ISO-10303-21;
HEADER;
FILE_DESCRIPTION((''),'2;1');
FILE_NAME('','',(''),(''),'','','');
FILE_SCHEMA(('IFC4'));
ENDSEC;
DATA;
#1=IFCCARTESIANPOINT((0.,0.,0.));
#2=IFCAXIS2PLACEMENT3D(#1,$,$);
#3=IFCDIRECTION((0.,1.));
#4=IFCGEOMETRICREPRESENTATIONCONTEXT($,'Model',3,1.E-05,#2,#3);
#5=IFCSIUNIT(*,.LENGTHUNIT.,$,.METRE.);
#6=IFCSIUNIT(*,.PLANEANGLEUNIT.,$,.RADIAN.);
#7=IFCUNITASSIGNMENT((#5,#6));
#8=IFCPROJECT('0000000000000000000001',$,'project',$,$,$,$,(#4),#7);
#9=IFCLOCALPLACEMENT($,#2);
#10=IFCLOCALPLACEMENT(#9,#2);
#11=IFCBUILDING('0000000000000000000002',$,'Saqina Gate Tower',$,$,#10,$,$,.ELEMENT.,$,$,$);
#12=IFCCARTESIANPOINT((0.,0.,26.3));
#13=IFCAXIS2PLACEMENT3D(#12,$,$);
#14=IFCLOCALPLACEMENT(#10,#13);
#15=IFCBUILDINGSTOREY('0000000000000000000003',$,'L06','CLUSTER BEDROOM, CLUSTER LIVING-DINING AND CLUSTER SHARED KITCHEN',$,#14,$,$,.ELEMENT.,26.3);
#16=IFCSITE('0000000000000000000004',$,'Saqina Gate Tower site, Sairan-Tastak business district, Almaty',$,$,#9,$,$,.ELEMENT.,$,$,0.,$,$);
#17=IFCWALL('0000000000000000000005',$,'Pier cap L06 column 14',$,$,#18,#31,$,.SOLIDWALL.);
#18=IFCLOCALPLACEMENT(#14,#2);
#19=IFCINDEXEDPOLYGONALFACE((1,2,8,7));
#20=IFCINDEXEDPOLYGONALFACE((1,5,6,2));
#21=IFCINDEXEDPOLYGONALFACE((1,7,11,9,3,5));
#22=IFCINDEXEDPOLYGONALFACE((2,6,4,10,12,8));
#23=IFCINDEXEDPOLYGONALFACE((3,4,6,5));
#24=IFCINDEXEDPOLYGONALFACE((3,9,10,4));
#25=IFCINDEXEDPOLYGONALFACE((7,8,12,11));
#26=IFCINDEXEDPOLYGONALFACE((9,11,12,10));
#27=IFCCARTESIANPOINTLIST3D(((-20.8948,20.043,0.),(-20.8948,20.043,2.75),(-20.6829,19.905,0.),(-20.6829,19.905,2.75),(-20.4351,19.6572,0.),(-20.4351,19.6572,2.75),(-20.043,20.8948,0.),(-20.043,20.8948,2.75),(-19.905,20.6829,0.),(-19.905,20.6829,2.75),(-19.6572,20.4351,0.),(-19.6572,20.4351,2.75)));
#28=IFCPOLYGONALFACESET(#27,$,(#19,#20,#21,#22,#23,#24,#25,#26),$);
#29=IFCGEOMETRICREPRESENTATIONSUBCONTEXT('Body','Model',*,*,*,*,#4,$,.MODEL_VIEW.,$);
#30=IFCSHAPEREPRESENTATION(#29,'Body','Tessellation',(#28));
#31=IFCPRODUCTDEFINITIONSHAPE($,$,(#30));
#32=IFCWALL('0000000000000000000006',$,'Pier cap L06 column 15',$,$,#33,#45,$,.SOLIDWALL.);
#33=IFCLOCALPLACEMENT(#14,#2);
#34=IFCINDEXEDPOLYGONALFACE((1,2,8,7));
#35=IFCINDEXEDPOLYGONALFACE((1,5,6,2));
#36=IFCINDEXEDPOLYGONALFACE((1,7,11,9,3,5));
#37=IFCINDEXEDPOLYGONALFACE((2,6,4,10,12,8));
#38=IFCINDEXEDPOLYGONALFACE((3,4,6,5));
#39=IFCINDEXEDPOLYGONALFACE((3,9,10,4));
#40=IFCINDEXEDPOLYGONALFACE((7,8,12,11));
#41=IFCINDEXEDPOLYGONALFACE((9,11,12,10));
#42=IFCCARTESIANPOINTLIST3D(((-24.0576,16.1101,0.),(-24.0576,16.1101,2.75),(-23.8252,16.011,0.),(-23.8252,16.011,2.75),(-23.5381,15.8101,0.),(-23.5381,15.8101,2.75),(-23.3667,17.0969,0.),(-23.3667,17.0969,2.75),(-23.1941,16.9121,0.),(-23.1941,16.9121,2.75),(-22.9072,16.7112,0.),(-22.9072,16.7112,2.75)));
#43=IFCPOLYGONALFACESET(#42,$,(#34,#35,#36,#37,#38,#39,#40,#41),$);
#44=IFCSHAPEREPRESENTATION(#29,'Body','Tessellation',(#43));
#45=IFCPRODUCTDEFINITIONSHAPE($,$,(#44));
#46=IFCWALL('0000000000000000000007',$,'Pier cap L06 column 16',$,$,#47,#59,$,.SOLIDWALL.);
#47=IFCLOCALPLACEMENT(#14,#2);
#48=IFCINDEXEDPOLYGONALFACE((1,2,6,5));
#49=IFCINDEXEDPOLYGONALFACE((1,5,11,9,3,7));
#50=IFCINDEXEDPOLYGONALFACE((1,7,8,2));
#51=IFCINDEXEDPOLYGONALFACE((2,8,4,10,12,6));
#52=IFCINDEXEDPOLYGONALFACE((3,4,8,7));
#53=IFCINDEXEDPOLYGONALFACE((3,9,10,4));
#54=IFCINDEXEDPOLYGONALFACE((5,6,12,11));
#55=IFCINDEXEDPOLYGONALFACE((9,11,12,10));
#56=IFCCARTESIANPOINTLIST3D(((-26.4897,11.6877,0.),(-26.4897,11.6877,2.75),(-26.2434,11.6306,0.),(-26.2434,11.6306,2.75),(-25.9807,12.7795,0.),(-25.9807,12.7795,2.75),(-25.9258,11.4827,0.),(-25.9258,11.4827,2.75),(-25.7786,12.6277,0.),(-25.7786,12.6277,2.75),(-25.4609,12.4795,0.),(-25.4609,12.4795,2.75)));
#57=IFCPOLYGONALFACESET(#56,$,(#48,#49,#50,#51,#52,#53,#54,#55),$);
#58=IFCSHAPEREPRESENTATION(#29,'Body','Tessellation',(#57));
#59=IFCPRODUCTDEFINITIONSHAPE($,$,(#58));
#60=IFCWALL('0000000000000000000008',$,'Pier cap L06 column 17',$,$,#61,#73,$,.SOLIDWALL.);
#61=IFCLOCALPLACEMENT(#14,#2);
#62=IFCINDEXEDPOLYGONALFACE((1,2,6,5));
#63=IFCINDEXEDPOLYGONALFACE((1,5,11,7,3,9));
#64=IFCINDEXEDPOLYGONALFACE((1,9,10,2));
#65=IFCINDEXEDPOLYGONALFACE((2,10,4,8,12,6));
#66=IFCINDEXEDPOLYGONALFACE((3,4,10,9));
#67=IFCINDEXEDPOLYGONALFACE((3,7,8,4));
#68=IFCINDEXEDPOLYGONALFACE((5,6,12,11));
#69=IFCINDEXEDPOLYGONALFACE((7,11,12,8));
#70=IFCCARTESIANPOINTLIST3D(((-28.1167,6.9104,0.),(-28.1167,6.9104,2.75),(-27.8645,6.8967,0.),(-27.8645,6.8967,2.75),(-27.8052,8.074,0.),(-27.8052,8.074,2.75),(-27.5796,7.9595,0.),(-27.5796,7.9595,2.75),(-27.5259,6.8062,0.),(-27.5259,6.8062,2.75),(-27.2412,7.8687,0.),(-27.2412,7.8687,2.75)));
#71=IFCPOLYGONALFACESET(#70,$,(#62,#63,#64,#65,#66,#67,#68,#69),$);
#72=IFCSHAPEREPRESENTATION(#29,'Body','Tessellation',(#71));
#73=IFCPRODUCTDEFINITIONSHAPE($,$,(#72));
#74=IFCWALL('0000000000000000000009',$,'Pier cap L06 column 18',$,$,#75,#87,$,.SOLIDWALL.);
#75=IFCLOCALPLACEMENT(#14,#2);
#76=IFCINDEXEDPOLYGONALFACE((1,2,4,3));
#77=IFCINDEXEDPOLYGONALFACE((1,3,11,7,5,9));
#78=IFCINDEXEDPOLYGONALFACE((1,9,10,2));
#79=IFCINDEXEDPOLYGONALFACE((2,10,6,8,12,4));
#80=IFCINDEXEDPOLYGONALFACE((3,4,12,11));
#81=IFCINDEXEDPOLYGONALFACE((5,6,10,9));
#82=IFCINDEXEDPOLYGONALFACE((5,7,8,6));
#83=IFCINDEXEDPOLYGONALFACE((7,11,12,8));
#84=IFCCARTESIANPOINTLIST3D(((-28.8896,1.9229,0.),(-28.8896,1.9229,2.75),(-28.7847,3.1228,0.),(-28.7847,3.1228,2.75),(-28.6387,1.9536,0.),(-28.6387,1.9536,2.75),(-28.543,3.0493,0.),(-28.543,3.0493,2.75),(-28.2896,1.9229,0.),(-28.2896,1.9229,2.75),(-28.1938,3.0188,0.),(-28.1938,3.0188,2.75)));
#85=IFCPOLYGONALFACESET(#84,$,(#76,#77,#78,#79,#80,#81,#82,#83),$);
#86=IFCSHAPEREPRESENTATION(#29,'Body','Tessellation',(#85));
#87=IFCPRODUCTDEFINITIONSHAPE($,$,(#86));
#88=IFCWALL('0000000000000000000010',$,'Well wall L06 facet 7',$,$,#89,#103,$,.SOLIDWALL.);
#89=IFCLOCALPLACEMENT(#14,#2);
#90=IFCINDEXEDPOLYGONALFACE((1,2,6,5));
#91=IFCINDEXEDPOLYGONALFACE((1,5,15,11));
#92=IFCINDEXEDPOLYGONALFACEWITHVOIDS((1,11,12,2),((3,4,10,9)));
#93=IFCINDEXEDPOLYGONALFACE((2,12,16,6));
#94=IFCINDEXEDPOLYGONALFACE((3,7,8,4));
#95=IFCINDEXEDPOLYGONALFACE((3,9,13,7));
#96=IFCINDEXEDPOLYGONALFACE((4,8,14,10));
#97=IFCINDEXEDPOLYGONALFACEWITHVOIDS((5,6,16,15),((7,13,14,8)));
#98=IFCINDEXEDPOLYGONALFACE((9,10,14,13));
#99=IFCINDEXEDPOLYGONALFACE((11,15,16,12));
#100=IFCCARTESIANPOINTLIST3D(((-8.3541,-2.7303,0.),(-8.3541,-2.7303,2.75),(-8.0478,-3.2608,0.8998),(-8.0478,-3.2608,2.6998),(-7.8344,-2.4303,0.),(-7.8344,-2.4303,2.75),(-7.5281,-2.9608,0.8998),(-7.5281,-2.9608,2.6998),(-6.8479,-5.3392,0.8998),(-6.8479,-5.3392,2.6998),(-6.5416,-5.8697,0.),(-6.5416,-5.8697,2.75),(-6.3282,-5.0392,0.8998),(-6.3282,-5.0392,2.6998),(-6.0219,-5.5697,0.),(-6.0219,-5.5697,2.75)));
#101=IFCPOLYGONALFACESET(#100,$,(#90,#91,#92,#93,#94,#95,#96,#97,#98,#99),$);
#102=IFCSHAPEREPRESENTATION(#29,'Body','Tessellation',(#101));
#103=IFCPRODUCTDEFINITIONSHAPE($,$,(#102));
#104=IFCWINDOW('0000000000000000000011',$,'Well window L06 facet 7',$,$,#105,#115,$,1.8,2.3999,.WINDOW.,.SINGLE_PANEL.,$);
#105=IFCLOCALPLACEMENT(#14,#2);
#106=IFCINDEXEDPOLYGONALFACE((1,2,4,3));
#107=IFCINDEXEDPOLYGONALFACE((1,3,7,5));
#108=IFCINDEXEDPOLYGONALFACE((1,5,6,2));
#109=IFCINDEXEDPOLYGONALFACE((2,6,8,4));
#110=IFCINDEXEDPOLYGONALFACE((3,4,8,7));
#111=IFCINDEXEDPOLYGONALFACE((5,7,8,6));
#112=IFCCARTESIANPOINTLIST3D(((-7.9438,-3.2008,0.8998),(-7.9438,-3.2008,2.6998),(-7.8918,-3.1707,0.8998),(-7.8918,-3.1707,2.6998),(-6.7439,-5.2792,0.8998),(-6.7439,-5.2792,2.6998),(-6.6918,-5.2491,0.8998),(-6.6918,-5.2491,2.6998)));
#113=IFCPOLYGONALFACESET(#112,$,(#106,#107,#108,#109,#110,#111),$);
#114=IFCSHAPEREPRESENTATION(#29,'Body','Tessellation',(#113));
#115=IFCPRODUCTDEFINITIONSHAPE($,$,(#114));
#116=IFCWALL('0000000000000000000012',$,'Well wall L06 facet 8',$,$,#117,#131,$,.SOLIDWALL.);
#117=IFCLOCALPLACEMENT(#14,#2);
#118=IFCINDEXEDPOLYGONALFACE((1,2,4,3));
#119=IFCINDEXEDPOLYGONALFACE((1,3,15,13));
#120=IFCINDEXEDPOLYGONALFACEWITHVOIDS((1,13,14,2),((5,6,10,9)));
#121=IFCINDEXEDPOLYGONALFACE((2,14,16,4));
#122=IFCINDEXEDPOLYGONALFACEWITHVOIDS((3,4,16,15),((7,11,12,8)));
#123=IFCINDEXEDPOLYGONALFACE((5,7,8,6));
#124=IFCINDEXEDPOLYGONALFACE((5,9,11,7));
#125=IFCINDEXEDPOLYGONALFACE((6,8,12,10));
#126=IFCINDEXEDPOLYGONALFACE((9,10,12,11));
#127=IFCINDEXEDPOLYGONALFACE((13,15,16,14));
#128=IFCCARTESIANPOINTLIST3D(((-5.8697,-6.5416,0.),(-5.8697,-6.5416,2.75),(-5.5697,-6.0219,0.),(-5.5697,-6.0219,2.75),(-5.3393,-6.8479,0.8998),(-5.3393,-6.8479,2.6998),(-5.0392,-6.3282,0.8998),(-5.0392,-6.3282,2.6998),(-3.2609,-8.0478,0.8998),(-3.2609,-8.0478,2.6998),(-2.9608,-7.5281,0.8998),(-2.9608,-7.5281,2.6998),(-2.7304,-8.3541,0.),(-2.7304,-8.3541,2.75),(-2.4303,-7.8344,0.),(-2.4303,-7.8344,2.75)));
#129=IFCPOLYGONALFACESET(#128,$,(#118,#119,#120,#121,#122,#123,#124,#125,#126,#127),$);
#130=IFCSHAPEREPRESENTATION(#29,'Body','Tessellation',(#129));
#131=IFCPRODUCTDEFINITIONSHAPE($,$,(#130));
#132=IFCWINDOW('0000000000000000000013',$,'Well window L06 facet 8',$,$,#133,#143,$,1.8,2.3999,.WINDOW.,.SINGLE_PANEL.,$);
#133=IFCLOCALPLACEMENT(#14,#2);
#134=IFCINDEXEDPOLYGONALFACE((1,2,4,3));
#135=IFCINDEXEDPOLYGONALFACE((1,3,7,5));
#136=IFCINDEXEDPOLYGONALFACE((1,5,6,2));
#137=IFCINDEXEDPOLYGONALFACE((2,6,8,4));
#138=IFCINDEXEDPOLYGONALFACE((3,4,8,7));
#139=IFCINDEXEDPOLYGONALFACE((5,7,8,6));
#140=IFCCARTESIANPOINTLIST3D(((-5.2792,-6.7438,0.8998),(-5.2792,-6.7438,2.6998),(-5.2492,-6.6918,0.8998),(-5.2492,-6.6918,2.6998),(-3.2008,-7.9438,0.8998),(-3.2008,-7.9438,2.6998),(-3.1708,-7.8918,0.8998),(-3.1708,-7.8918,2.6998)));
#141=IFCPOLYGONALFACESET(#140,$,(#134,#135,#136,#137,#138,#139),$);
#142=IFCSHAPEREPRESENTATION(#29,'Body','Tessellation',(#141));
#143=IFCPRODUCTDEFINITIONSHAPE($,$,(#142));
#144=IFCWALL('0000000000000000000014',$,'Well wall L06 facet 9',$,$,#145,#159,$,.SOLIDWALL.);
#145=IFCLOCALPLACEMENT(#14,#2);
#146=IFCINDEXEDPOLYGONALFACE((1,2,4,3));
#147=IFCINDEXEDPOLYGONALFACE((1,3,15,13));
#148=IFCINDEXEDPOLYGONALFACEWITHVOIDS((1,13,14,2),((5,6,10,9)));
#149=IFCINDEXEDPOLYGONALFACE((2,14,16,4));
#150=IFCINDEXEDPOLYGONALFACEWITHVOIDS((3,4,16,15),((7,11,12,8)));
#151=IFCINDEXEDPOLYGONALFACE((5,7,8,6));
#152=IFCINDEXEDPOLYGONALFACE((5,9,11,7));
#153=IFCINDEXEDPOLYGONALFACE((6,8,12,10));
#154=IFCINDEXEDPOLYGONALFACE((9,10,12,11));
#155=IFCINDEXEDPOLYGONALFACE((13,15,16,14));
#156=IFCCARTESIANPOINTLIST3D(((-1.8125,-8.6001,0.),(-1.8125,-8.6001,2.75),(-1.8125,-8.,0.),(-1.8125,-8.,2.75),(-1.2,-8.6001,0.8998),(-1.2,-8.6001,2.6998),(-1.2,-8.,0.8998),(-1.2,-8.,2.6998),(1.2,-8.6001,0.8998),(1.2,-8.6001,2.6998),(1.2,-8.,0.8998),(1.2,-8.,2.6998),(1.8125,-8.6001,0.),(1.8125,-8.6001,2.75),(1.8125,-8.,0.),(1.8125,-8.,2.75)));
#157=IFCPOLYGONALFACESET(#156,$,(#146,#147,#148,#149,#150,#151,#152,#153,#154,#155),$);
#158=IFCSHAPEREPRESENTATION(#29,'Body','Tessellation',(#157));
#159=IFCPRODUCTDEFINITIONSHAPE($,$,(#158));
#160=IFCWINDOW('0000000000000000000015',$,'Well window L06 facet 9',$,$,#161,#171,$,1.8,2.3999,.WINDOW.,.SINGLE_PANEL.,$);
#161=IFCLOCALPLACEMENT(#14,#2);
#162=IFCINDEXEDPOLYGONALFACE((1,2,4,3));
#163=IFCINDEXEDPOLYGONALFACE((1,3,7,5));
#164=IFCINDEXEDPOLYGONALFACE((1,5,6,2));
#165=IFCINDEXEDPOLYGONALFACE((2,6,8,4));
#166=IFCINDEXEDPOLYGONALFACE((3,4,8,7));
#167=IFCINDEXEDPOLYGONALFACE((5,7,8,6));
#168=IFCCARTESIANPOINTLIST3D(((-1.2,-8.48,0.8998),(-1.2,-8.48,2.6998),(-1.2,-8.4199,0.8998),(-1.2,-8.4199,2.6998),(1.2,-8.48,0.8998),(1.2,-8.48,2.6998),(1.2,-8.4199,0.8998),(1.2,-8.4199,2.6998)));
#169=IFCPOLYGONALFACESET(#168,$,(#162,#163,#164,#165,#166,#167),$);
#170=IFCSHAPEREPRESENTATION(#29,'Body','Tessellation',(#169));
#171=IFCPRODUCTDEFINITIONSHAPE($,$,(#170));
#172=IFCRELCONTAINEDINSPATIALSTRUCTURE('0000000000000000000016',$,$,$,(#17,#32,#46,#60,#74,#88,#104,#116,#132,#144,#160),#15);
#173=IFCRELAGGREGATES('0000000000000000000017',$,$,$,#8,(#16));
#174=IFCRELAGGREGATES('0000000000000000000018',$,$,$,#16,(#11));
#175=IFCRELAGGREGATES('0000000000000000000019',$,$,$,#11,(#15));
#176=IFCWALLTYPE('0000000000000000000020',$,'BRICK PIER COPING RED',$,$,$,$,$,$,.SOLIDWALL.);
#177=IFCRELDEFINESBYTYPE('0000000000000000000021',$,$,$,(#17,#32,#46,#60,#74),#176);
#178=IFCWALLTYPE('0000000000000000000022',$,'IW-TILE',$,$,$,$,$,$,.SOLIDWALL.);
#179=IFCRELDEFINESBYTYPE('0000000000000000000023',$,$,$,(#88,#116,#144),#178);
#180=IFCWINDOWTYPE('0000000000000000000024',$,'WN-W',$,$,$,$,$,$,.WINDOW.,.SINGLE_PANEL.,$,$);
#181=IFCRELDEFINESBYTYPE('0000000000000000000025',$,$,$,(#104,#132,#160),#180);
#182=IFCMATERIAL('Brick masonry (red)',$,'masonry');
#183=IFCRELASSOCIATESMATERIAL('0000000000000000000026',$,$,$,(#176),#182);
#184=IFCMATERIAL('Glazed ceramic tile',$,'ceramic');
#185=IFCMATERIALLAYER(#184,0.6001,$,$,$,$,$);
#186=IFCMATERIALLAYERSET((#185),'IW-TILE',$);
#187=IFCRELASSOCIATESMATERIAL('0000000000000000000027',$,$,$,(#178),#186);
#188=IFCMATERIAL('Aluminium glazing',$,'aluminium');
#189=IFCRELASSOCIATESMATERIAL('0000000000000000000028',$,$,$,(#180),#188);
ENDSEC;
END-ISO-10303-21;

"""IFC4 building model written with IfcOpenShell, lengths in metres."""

from ifc_helpers import new_model, si_unit, direction, frame, frame_2d, origin, place, context, subcontext, project, spatial, polyline, rectangle, outline, extrude, material, layer, layer_set, type_object, element, fill, save


model = new_model("IFC4")

# Units and contexts
model_context = context("Model", 3, precision=1e-05, world=origin(), true_north=direction((0.0, 1.0)))
body_context = subcontext(model_context, "Body", "Model", "MODEL_VIEW")
ifc_project = project(units=[si_unit("LENGTHUNIT", "METRE"), si_unit("PLANEANGLEUNIT", "RADIAN")], contexts=[model_context])

# Site, building, storey
site_placement = place(None, origin())
site = spatial("IfcSite", under=ifc_project, at=site_placement, Name="Saqina Gate Tower site, Sairan-Tastak business district, Almaty", CompositionType="ELEMENT", RefElevation=0.0)
building_placement = place(site_placement, origin())
building = spatial("IfcBuilding", under=site, at=building_placement, Name="Saqina Gate Tower", CompositionType="ELEMENT")
storey_placement = place(building_placement, frame((0.0, 0.0, 26.3)))
storey = spatial("IfcBuildingStorey", under=building, at=storey_placement, Name="L06", Description="CLUSTER BEDROOM, CLUSTER LIVING-DINING AND CLUSTER SHARED KITCHEN", CompositionType="ELEMENT", Elevation=26.3)

# Walls
ifc_material_1 = material(Name="Brick masonry (red)", Category="masonry")
wall_type_1 = type_object("IfcWallType", Name="BRICK PIER COPING RED", PredefinedType="SOLIDWALL", material=ifc_material_1)
wall_1_placement = place(storey_placement, origin())
element("IfcWall", 1, at=wall_1_placement, inside=storey, type_object=wall_type_1, Name="Pier cap L06 column 14", PredefinedType="SOLIDWALL", context=body_context, shape_type="SweptSolid", body=[
    extrude(outline(polyline([(-20.8948, 20.043), (-20.4351, 19.6572), (-20.6829, 19.905), (-19.905, 20.6829), (-19.6572, 20.4351), (-20.043, 20.8948), (-20.8948, 20.043)])), origin(), (0.0, 0.0, 1.0), 2.75),
])
wall_2_placement = place(storey_placement, origin())
element("IfcWall", 2, at=wall_2_placement, inside=storey, type_object=wall_type_1, Name="Pier cap L06 column 15", PredefinedType="SOLIDWALL", context=body_context, shape_type="SweptSolid", body=[
    extrude(outline(polyline([(-23.3667, 17.0969), (-24.0576, 16.1101), (-23.5381, 15.8101), (-23.8252, 16.011), (-23.1941, 16.9121), (-22.9072, 16.7112), (-23.3667, 17.0969)])), origin(), (0.0, 0.0, 1.0), 2.75),
])
wall_3_placement = place(storey_placement, origin())
element("IfcWall", 3, at=wall_3_placement, inside=storey, type_object=wall_type_1, Name="Pier cap L06 column 16", PredefinedType="SOLIDWALL", context=body_context, shape_type="SweptSolid", body=[
    extrude(outline(polyline([(-26.4897, 11.6877), (-25.9258, 11.4827), (-26.2434, 11.6306), (-25.7786, 12.6277), (-25.4609, 12.4795), (-25.9807, 12.7795), (-26.4897, 11.6877)])), origin(), (0.0, 0.0, 1.0), 2.75),
])
wall_4_placement = place(storey_placement, origin())
element("IfcWall", 4, at=wall_4_placement, inside=storey, type_object=wall_type_1, Name="Pier cap L06 column 17", PredefinedType="SOLIDWALL", context=body_context, shape_type="SweptSolid", body=[
    extrude(outline(polyline([(-28.1167, 6.9104), (-27.5259, 6.8062), (-27.8645, 6.8967), (-27.5796, 7.9595), (-27.2412, 7.8687), (-27.8052, 8.074), (-28.1167, 6.9104)])), origin(), (0.0, 0.0, 1.0), 2.75),
])
wall_5_placement = place(storey_placement, origin())
element("IfcWall", 5, at=wall_5_placement, inside=storey, type_object=wall_type_1, Name="Pier cap L06 column 18", PredefinedType="SOLIDWALL", context=body_context, shape_type="SweptSolid", body=[
    extrude(outline(polyline([(-28.7847, 3.1228), (-28.8896, 1.9229), (-28.2896, 1.9229), (-28.6387, 1.9536), (-28.543, 3.0493), (-28.1938, 3.0188), (-28.7847, 3.1228)])), origin(), (0.0, 0.0, 1.0), 2.75),
])

# Walls, openings, windows
ifc_material_2 = material(Name="Glazed ceramic tile", Category="ceramic")
ifc_layer_1 = layer(ifc_material_2, 0.6001)
ifc_layer_set_1 = layer_set([ifc_layer_1], Name="IW-TILE")
wall_type_2 = type_object("IfcWallType", Name="IW-TILE", PredefinedType="SOLIDWALL", material=ifc_layer_set_1)
wall_6_placement = place(storey_placement, frame((-8.0942, -2.5803, 0.0), z_axis=(0.0, 0.0, 1.0), x_axis=(0.499993, -0.86603, 0.0)))
wall_6 = element("IfcWall", 6, at=wall_6_placement, inside=storey, type_object=wall_type_2, Name="Well wall L06 facet 7", PredefinedType="SOLIDWALL", context=body_context, shape_type="SweptSolid", body=[
    extrude(rectangle(XDim=3.625, YDim=0.6001, at=frame_2d((1.8125, 0.0))), origin(), (0.0, 0.0, 1.0), 2.75),
])
opening_1_placement = place(wall_6_placement, frame((0.6125, 0.0, 0.8999)))
opening_1 = element("IfcOpeningElement", 7, at=opening_1_placement, cuts=wall_6, PredefinedType="OPENING", context=body_context, shape_type="SweptSolid", body=[
    extrude(rectangle(XDim=2.3999, YDim=1.8, at=frame_2d((1.2, 0.8999))), frame((0.0, 0.312, 0.0), z_axis=(0.0, -1.0, 0.0), x_axis=(1.0, 0.0, 0.0)), (0.0, 0.0, 1.0), 0.624),
])
ifc_material_3 = material(Name="Aluminium glazing", Category="aluminium")
window_type = type_object("IfcWindowType", Name="WN-W", PartitioningType="SINGLE_PANEL", PredefinedType="WINDOW", material=ifc_material_3)
window_1_placement = place(opening_1_placement, origin())
window_1 = element("IfcWindow", 8, at=window_1_placement, inside=storey, type_object=window_type, Name="Well window L06 facet 7", OverallHeight=1.8, OverallWidth=2.3999, PartitioningType="SINGLE_PANEL", PredefinedType="WINDOW", context=body_context, shape_type="SweptSolid", body=[
    extrude(rectangle(XDim=2.3999, YDim=1.8, at=frame_2d((1.2, 0.8999))), frame((0.0, -0.1199, 0.0), z_axis=(0.0, -1.0, 0.0), x_axis=(1.0, 0.0, 0.0)), (0.0, 0.0, 1.0), 0.0601),
])
fill(opening_1, window_1)
wall_7_placement = place(storey_placement, frame((-5.7197, -6.2817, 0.0), z_axis=(0.0, 0.0, 1.0), x_axis=(0.86603, -0.499993, 0.0)))
wall_7 = element("IfcWall", 9, at=wall_7_placement, inside=storey, type_object=wall_type_2, Name="Well wall L06 facet 8", PredefinedType="SOLIDWALL", context=body_context, shape_type="SweptSolid", body=[
    extrude(rectangle(XDim=3.625, YDim=0.6001, at=frame_2d((1.8125, 0.0))), origin(), (0.0, 0.0, 1.0), 2.75),
])
opening_2_placement = place(wall_7_placement, frame((0.6125, 0.0, 0.8999)))
opening_2 = element("IfcOpeningElement", 10, at=opening_2_placement, cuts=wall_7, PredefinedType="OPENING", context=body_context, shape_type="SweptSolid", body=[
    extrude(rectangle(XDim=2.3999, YDim=1.8, at=frame_2d((1.2, 0.8999))), frame((0.0, 0.312, 0.0), z_axis=(0.0, -1.0, 0.0), x_axis=(1.0, 0.0, 0.0)), (0.0, 0.0, 1.0), 0.624),
])
window_2_placement = place(opening_2_placement, origin())
window_2 = element("IfcWindow", 11, at=window_2_placement, inside=storey, type_object=window_type, Name="Well window L06 facet 8", OverallHeight=1.8, OverallWidth=2.3999, PartitioningType="SINGLE_PANEL", PredefinedType="WINDOW", context=body_context, shape_type="SweptSolid", body=[
    extrude(rectangle(XDim=2.3999, YDim=1.8, at=frame_2d((1.2, 0.8999))), frame((0.0, -0.1199, 0.0), z_axis=(0.0, -1.0, 0.0), x_axis=(1.0, 0.0, 0.0)), (0.0, 0.0, 1.0), 0.0601),
])
fill(opening_2, window_2)
wall_8_placement = place(storey_placement, frame((-1.8125, -8.3, 0.0), z_axis=(0.0, 0.0, 1.0), x_axis=(1.0, 0.0, 0.0)))
wall_8 = element("IfcWall", 12, at=wall_8_placement, inside=storey, type_object=wall_type_2, Name="Well wall L06 facet 9", PredefinedType="SOLIDWALL", context=body_context, shape_type="SweptSolid", body=[
    extrude(rectangle(XDim=3.625, YDim=0.6001, at=frame_2d((1.8125, 0.0))), origin(), (0.0, 0.0, 1.0), 2.75),
])
opening_3_placement = place(wall_8_placement, frame((0.6125, 0.0, 0.8999)))
opening_3 = element("IfcOpeningElement", 13, at=opening_3_placement, cuts=wall_8, PredefinedType="OPENING", context=body_context, shape_type="SweptSolid", body=[
    extrude(rectangle(XDim=2.3999, YDim=1.8, at=frame_2d((1.2, 0.8999))), frame((0.0, 0.312, 0.0), z_axis=(0.0, -1.0, 0.0), x_axis=(1.0, 0.0, 0.0)), (0.0, 0.0, 1.0), 0.624),
])
window_3_placement = place(opening_3_placement, origin())
window_3 = element("IfcWindow", 14, at=window_3_placement, inside=storey, type_object=window_type, Name="Well window L06 facet 9", OverallHeight=1.8, OverallWidth=2.3999, PartitioningType="SINGLE_PANEL", PredefinedType="WINDOW", context=body_context, shape_type="SweptSolid", body=[
    extrude(rectangle(XDim=2.3999, YDim=1.8, at=frame_2d((1.2, 0.8999))), frame((0.0, -0.1199, 0.0), z_axis=(0.0, -1.0, 0.0), x_axis=(1.0, 0.0, 0.0)), (0.0, 0.0, 1.0), 0.0601),
])
fill(opening_3, window_3)

save(model, "model.ifc")
